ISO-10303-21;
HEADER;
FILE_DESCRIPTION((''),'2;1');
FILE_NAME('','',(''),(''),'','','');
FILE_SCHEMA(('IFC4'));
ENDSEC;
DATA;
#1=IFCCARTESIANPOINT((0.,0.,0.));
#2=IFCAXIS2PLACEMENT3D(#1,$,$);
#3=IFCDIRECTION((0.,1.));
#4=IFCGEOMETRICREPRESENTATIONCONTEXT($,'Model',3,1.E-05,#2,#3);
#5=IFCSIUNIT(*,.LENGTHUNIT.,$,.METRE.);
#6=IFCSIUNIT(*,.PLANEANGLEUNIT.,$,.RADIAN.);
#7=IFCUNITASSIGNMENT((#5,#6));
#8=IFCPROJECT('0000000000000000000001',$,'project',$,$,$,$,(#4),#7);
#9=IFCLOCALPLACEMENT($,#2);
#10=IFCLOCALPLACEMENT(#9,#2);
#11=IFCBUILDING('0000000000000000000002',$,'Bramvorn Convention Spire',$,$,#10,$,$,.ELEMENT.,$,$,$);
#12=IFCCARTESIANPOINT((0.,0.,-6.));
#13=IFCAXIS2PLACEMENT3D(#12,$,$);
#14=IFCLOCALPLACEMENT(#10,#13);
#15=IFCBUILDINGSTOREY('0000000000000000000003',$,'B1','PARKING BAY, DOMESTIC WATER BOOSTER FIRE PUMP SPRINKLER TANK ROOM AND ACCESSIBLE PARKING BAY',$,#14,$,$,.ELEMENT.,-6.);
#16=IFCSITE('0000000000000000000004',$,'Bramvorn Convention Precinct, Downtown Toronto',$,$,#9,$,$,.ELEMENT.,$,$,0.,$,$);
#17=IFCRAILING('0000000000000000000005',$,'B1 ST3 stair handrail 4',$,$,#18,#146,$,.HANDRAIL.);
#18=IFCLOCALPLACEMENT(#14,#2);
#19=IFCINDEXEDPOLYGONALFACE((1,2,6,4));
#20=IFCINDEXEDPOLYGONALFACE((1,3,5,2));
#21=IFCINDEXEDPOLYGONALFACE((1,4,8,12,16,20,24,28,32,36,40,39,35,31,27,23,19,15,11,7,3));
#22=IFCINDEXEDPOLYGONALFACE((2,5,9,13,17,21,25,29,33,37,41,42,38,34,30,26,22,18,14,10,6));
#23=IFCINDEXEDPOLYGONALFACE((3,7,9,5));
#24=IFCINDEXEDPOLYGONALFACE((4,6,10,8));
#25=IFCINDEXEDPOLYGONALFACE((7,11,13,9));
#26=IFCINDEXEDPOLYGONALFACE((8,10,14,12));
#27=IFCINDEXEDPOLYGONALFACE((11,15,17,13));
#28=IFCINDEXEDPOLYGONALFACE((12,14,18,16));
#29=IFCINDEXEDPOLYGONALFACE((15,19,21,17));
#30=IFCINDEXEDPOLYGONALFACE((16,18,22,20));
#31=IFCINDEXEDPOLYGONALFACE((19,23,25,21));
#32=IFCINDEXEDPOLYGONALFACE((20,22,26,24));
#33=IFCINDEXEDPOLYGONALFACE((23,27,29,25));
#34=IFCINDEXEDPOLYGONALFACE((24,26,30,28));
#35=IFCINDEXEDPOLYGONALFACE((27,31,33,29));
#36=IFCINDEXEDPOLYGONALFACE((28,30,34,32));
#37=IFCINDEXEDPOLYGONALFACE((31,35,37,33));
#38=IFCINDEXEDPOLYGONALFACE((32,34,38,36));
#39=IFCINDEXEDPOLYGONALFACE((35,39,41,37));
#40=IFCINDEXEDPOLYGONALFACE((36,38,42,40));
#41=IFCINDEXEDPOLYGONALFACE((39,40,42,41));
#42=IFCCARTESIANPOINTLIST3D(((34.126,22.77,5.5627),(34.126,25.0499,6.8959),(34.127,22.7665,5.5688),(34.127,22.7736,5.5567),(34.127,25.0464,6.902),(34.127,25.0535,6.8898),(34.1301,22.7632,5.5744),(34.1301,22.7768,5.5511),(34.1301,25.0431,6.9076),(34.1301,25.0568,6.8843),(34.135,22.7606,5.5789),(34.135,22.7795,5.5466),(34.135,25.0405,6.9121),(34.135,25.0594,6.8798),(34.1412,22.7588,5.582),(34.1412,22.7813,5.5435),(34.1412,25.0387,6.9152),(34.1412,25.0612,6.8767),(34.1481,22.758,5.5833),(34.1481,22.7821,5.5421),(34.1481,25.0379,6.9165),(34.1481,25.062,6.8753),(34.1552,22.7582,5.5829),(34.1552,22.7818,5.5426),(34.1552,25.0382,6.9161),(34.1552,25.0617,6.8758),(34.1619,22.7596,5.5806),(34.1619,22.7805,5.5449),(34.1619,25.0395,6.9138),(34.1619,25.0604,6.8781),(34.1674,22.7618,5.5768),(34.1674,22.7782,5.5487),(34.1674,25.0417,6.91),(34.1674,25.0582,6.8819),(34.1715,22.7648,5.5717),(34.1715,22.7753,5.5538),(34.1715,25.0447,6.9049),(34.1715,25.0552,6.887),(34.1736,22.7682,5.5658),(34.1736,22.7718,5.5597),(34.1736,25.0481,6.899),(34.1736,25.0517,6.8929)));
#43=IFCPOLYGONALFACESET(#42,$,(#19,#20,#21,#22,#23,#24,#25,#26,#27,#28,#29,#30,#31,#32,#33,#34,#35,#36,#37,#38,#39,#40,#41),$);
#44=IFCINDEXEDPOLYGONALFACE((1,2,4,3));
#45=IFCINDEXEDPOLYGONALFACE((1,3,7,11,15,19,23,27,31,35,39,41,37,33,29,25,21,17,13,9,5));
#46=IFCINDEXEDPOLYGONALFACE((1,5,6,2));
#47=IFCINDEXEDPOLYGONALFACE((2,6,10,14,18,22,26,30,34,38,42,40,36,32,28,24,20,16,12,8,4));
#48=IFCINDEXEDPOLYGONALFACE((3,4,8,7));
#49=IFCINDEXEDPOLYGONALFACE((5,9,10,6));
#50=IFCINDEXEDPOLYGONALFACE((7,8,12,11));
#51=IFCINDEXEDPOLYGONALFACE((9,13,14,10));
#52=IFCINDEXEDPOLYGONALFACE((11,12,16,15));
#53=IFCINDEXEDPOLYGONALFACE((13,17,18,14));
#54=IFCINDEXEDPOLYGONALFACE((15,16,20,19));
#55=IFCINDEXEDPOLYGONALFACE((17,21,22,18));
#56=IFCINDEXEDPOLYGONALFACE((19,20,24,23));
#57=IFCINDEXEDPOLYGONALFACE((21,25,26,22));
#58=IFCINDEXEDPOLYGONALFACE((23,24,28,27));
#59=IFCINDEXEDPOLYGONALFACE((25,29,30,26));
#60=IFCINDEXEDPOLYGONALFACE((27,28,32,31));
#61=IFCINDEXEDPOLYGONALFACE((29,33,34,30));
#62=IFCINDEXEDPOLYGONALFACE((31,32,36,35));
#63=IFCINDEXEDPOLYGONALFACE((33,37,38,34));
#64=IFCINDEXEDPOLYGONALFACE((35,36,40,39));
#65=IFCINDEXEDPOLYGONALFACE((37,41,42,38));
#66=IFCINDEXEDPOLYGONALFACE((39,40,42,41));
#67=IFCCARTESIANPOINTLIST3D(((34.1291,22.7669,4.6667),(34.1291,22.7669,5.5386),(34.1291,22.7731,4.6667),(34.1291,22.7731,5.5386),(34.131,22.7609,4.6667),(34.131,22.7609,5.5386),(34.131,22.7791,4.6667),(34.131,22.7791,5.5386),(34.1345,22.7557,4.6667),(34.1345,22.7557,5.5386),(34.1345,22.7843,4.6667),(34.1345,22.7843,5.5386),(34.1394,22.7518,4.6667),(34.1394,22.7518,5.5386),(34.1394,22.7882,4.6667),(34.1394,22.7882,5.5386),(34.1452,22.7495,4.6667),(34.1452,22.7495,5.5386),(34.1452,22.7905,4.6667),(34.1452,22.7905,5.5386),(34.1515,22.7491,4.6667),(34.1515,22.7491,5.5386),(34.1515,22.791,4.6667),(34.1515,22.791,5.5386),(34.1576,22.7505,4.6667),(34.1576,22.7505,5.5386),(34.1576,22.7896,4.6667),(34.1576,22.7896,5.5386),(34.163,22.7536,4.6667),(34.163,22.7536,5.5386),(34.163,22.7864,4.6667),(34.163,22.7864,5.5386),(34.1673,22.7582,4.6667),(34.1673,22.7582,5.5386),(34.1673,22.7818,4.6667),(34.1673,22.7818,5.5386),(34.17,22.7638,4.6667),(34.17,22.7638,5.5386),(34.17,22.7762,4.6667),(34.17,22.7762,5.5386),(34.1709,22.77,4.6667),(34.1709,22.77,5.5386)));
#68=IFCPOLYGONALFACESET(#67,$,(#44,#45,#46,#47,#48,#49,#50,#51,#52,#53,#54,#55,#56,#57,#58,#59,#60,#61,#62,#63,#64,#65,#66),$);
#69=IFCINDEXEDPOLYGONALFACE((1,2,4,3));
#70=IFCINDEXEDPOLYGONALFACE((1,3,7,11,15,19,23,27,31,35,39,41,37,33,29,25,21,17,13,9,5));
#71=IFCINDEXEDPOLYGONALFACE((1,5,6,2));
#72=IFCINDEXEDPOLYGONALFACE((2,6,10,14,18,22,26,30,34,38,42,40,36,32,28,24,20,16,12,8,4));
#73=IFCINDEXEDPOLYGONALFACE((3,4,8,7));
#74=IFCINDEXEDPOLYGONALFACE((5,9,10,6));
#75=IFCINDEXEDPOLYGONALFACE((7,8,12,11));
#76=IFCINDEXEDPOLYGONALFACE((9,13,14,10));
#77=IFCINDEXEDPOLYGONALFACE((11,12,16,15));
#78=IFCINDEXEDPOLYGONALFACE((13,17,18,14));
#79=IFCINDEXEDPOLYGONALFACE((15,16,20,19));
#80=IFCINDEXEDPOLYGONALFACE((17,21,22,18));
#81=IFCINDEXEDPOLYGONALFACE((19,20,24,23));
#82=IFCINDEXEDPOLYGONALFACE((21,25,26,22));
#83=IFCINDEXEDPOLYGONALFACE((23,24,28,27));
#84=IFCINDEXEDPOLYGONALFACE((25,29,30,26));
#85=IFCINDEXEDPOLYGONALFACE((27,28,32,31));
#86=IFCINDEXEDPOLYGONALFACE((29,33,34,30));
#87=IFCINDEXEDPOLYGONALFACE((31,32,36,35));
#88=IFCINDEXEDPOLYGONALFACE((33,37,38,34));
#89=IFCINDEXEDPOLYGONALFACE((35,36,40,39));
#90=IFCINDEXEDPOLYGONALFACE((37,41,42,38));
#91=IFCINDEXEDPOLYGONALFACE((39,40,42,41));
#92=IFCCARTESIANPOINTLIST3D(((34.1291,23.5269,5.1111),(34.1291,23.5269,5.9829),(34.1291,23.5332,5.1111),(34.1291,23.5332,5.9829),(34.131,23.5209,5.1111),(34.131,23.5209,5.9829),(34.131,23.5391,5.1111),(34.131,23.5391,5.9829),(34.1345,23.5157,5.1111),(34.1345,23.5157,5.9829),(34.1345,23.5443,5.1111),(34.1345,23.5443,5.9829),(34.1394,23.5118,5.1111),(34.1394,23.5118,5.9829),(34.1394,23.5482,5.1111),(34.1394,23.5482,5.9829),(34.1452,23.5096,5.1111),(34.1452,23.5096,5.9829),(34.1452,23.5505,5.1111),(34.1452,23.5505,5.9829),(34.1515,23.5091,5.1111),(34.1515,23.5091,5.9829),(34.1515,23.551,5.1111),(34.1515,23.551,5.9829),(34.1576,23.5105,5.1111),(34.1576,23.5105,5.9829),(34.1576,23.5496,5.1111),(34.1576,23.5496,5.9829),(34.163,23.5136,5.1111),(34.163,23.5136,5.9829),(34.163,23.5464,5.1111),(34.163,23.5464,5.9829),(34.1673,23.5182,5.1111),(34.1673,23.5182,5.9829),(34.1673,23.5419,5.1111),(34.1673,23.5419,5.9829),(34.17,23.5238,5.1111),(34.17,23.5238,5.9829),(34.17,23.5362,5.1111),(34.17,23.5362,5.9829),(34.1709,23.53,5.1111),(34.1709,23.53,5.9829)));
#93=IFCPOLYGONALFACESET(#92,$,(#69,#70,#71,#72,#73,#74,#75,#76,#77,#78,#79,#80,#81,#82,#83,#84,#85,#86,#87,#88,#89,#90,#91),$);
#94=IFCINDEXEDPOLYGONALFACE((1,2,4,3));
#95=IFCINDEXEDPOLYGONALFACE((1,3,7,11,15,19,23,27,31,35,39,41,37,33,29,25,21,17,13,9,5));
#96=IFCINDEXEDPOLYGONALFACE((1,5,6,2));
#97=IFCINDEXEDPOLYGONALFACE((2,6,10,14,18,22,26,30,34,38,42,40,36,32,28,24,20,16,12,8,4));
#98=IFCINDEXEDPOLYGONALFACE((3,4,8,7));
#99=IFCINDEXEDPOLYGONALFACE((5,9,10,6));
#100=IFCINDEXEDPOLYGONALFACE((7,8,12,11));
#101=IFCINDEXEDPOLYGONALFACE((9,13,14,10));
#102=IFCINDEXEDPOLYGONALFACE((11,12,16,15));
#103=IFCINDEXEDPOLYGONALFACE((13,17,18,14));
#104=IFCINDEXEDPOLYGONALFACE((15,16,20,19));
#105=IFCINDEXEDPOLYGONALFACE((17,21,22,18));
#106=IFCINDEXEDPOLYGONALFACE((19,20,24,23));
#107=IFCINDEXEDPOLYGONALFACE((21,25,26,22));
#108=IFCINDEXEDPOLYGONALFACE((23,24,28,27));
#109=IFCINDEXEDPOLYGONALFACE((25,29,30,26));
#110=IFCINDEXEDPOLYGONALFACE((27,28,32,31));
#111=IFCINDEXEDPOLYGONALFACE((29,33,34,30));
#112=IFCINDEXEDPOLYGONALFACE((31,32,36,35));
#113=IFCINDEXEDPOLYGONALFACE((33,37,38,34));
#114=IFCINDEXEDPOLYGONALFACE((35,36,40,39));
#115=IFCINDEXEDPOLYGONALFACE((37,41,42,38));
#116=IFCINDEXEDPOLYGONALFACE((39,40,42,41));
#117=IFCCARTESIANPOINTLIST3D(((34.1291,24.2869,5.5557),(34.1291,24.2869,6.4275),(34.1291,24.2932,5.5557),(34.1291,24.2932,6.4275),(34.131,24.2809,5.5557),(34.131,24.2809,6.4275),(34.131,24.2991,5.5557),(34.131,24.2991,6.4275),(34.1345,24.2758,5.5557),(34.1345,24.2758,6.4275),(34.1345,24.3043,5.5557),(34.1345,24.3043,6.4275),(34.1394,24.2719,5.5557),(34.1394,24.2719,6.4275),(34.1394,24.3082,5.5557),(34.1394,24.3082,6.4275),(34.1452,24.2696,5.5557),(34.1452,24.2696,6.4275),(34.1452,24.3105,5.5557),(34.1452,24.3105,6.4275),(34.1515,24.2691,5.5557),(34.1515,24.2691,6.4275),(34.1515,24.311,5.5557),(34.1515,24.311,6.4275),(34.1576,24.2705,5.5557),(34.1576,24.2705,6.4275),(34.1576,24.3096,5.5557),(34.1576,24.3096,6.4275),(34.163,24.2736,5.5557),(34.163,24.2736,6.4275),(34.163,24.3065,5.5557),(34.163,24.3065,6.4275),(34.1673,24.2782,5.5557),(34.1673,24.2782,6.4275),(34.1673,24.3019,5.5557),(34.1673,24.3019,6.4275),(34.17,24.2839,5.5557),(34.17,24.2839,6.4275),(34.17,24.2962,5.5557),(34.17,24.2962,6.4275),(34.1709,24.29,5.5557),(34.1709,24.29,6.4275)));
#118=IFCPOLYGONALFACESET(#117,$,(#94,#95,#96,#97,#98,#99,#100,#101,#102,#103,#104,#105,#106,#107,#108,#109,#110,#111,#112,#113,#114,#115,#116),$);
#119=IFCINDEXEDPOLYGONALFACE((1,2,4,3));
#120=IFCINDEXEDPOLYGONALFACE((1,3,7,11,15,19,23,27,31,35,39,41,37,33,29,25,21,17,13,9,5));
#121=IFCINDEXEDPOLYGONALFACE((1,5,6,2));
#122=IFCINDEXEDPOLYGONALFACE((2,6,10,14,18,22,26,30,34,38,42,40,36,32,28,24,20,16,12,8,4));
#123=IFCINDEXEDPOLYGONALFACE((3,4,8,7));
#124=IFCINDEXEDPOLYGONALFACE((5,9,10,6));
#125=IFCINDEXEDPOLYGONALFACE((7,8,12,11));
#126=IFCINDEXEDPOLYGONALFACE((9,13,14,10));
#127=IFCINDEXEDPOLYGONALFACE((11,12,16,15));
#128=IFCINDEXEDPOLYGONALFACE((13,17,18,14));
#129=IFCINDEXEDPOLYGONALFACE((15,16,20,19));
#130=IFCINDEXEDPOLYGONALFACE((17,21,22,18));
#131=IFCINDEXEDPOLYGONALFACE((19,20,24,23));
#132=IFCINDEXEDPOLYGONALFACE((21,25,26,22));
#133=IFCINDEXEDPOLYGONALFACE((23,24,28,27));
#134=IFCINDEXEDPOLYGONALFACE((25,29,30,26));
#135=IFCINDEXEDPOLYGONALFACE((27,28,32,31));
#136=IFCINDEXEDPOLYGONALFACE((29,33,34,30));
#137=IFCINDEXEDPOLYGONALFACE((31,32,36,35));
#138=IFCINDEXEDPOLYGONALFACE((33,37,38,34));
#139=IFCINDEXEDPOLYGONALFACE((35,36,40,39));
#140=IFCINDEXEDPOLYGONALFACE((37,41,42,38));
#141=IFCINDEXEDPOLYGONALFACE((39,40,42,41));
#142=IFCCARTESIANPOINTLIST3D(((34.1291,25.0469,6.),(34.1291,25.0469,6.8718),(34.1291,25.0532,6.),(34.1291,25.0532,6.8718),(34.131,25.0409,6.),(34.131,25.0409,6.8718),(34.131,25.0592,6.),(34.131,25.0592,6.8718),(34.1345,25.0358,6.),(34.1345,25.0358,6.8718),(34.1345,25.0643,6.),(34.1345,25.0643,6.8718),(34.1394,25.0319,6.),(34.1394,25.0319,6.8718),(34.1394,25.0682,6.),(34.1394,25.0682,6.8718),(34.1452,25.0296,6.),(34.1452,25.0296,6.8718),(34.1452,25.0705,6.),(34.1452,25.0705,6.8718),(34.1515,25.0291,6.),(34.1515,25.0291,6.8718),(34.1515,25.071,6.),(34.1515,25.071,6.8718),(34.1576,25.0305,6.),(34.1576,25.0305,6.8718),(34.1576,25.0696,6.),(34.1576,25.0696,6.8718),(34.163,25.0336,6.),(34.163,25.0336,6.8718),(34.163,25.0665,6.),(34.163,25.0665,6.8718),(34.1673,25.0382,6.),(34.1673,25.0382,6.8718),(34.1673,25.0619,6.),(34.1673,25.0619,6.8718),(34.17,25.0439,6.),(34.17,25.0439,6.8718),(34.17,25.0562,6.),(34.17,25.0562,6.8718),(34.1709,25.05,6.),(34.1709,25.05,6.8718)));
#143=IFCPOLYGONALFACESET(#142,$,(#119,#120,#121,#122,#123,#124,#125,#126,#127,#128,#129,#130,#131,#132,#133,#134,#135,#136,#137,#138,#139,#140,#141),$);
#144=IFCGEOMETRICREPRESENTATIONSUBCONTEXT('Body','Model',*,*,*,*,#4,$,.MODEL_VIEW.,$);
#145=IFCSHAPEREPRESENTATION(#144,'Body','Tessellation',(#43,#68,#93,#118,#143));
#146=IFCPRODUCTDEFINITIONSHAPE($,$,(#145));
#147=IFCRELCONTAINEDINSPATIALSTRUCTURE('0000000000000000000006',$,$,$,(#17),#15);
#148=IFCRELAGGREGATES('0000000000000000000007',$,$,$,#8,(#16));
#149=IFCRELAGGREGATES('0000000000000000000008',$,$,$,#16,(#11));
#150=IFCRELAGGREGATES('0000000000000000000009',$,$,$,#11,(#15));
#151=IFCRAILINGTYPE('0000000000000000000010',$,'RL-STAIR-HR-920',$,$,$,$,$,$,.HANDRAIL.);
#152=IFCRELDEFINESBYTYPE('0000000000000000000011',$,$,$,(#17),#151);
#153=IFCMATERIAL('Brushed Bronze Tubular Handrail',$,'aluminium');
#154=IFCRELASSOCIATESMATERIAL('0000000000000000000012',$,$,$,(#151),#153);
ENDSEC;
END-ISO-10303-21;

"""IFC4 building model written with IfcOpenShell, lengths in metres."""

from ifc_helpers import new_model, si_unit, direction, frame, origin, origin_2d, place, context, subcontext, project, spatial, circle, extrude, material, type_object, element, save


model = new_model("IFC4")

# Units and contexts
model_context = context("Model", 3, precision=1e-05, world=origin(), true_north=direction((0.0, 1.0)))
body_context = subcontext(model_context, "Body", "Model", "MODEL_VIEW")
ifc_project = project(units=[si_unit("LENGTHUNIT", "METRE"), si_unit("PLANEANGLEUNIT", "RADIAN")], contexts=[model_context])

# Site, building, storey
site_placement = place(None, origin())
site = spatial("IfcSite", under=ifc_project, at=site_placement, Name="Bramvorn Convention Precinct, Downtown Toronto", CompositionType="ELEMENT", RefElevation=0.0)
building_placement = place(site_placement, origin())
building = spatial("IfcBuilding", under=site, at=building_placement, Name="Bramvorn Convention Spire", CompositionType="ELEMENT")
storey_placement = place(building_placement, frame((0.0, 0.0, -6.0)))
storey = spatial("IfcBuildingStorey", under=building, at=storey_placement, Name="B1", Description="PARKING BAY, DOMESTIC WATER BOOSTER FIRE PUMP SPRINKLER TANK ROOM AND ACCESSIBLE PARKING BAY", CompositionType="ELEMENT", Elevation=-6.0)

# Railing
ifc_material_1 = material(Name="Brushed Bronze Tubular Handrail", Category="aluminium")
railing_type_1 = type_object("IfcRailingType", Name="RL-STAIR-HR-920", PredefinedType="HANDRAIL", material=ifc_material_1)
for number, where, name in (
    (1, (34.1499, 22.77, 4.6667), "B1 ST3 stair handrail 4"),
):
    element("IfcRailing", number, at=place(storey_placement, frame(where)), inside=storey, type_object=railing_type_1, Name=name, PredefinedType="HANDRAIL", context=body_context, shape_type="SweptSolid", body=[
        extrude(circle(Radius=0.0239, at=origin_2d()), frame((0.0, 0.0, 0.896), z_axis=(0.0, 0.863245, 0.504785), x_axis=(-1.0, 0.0, 0.0)), (0.0, 0.0, 1.0), 2.6411),
        extrude(circle(Radius=0.021, at=origin_2d()), origin(), (0.0, 0.0, 1.0), 0.8718),
        extrude(circle(Radius=0.021, at=origin_2d()), frame((0.0, 0.76, 0.4443)), (0.0, 0.0, 1.0), 0.8718),
        extrude(circle(Radius=0.021, at=origin_2d()), frame((0.0, 1.52, 0.8889)), (0.0, 0.0, 1.0), 0.8718),
        extrude(circle(Radius=0.021, at=origin_2d()), frame((0.0, 2.28, 1.3333)), (0.0, 0.0, 1.0), 0.8718),
    ])

save(model, "model.ifc")
